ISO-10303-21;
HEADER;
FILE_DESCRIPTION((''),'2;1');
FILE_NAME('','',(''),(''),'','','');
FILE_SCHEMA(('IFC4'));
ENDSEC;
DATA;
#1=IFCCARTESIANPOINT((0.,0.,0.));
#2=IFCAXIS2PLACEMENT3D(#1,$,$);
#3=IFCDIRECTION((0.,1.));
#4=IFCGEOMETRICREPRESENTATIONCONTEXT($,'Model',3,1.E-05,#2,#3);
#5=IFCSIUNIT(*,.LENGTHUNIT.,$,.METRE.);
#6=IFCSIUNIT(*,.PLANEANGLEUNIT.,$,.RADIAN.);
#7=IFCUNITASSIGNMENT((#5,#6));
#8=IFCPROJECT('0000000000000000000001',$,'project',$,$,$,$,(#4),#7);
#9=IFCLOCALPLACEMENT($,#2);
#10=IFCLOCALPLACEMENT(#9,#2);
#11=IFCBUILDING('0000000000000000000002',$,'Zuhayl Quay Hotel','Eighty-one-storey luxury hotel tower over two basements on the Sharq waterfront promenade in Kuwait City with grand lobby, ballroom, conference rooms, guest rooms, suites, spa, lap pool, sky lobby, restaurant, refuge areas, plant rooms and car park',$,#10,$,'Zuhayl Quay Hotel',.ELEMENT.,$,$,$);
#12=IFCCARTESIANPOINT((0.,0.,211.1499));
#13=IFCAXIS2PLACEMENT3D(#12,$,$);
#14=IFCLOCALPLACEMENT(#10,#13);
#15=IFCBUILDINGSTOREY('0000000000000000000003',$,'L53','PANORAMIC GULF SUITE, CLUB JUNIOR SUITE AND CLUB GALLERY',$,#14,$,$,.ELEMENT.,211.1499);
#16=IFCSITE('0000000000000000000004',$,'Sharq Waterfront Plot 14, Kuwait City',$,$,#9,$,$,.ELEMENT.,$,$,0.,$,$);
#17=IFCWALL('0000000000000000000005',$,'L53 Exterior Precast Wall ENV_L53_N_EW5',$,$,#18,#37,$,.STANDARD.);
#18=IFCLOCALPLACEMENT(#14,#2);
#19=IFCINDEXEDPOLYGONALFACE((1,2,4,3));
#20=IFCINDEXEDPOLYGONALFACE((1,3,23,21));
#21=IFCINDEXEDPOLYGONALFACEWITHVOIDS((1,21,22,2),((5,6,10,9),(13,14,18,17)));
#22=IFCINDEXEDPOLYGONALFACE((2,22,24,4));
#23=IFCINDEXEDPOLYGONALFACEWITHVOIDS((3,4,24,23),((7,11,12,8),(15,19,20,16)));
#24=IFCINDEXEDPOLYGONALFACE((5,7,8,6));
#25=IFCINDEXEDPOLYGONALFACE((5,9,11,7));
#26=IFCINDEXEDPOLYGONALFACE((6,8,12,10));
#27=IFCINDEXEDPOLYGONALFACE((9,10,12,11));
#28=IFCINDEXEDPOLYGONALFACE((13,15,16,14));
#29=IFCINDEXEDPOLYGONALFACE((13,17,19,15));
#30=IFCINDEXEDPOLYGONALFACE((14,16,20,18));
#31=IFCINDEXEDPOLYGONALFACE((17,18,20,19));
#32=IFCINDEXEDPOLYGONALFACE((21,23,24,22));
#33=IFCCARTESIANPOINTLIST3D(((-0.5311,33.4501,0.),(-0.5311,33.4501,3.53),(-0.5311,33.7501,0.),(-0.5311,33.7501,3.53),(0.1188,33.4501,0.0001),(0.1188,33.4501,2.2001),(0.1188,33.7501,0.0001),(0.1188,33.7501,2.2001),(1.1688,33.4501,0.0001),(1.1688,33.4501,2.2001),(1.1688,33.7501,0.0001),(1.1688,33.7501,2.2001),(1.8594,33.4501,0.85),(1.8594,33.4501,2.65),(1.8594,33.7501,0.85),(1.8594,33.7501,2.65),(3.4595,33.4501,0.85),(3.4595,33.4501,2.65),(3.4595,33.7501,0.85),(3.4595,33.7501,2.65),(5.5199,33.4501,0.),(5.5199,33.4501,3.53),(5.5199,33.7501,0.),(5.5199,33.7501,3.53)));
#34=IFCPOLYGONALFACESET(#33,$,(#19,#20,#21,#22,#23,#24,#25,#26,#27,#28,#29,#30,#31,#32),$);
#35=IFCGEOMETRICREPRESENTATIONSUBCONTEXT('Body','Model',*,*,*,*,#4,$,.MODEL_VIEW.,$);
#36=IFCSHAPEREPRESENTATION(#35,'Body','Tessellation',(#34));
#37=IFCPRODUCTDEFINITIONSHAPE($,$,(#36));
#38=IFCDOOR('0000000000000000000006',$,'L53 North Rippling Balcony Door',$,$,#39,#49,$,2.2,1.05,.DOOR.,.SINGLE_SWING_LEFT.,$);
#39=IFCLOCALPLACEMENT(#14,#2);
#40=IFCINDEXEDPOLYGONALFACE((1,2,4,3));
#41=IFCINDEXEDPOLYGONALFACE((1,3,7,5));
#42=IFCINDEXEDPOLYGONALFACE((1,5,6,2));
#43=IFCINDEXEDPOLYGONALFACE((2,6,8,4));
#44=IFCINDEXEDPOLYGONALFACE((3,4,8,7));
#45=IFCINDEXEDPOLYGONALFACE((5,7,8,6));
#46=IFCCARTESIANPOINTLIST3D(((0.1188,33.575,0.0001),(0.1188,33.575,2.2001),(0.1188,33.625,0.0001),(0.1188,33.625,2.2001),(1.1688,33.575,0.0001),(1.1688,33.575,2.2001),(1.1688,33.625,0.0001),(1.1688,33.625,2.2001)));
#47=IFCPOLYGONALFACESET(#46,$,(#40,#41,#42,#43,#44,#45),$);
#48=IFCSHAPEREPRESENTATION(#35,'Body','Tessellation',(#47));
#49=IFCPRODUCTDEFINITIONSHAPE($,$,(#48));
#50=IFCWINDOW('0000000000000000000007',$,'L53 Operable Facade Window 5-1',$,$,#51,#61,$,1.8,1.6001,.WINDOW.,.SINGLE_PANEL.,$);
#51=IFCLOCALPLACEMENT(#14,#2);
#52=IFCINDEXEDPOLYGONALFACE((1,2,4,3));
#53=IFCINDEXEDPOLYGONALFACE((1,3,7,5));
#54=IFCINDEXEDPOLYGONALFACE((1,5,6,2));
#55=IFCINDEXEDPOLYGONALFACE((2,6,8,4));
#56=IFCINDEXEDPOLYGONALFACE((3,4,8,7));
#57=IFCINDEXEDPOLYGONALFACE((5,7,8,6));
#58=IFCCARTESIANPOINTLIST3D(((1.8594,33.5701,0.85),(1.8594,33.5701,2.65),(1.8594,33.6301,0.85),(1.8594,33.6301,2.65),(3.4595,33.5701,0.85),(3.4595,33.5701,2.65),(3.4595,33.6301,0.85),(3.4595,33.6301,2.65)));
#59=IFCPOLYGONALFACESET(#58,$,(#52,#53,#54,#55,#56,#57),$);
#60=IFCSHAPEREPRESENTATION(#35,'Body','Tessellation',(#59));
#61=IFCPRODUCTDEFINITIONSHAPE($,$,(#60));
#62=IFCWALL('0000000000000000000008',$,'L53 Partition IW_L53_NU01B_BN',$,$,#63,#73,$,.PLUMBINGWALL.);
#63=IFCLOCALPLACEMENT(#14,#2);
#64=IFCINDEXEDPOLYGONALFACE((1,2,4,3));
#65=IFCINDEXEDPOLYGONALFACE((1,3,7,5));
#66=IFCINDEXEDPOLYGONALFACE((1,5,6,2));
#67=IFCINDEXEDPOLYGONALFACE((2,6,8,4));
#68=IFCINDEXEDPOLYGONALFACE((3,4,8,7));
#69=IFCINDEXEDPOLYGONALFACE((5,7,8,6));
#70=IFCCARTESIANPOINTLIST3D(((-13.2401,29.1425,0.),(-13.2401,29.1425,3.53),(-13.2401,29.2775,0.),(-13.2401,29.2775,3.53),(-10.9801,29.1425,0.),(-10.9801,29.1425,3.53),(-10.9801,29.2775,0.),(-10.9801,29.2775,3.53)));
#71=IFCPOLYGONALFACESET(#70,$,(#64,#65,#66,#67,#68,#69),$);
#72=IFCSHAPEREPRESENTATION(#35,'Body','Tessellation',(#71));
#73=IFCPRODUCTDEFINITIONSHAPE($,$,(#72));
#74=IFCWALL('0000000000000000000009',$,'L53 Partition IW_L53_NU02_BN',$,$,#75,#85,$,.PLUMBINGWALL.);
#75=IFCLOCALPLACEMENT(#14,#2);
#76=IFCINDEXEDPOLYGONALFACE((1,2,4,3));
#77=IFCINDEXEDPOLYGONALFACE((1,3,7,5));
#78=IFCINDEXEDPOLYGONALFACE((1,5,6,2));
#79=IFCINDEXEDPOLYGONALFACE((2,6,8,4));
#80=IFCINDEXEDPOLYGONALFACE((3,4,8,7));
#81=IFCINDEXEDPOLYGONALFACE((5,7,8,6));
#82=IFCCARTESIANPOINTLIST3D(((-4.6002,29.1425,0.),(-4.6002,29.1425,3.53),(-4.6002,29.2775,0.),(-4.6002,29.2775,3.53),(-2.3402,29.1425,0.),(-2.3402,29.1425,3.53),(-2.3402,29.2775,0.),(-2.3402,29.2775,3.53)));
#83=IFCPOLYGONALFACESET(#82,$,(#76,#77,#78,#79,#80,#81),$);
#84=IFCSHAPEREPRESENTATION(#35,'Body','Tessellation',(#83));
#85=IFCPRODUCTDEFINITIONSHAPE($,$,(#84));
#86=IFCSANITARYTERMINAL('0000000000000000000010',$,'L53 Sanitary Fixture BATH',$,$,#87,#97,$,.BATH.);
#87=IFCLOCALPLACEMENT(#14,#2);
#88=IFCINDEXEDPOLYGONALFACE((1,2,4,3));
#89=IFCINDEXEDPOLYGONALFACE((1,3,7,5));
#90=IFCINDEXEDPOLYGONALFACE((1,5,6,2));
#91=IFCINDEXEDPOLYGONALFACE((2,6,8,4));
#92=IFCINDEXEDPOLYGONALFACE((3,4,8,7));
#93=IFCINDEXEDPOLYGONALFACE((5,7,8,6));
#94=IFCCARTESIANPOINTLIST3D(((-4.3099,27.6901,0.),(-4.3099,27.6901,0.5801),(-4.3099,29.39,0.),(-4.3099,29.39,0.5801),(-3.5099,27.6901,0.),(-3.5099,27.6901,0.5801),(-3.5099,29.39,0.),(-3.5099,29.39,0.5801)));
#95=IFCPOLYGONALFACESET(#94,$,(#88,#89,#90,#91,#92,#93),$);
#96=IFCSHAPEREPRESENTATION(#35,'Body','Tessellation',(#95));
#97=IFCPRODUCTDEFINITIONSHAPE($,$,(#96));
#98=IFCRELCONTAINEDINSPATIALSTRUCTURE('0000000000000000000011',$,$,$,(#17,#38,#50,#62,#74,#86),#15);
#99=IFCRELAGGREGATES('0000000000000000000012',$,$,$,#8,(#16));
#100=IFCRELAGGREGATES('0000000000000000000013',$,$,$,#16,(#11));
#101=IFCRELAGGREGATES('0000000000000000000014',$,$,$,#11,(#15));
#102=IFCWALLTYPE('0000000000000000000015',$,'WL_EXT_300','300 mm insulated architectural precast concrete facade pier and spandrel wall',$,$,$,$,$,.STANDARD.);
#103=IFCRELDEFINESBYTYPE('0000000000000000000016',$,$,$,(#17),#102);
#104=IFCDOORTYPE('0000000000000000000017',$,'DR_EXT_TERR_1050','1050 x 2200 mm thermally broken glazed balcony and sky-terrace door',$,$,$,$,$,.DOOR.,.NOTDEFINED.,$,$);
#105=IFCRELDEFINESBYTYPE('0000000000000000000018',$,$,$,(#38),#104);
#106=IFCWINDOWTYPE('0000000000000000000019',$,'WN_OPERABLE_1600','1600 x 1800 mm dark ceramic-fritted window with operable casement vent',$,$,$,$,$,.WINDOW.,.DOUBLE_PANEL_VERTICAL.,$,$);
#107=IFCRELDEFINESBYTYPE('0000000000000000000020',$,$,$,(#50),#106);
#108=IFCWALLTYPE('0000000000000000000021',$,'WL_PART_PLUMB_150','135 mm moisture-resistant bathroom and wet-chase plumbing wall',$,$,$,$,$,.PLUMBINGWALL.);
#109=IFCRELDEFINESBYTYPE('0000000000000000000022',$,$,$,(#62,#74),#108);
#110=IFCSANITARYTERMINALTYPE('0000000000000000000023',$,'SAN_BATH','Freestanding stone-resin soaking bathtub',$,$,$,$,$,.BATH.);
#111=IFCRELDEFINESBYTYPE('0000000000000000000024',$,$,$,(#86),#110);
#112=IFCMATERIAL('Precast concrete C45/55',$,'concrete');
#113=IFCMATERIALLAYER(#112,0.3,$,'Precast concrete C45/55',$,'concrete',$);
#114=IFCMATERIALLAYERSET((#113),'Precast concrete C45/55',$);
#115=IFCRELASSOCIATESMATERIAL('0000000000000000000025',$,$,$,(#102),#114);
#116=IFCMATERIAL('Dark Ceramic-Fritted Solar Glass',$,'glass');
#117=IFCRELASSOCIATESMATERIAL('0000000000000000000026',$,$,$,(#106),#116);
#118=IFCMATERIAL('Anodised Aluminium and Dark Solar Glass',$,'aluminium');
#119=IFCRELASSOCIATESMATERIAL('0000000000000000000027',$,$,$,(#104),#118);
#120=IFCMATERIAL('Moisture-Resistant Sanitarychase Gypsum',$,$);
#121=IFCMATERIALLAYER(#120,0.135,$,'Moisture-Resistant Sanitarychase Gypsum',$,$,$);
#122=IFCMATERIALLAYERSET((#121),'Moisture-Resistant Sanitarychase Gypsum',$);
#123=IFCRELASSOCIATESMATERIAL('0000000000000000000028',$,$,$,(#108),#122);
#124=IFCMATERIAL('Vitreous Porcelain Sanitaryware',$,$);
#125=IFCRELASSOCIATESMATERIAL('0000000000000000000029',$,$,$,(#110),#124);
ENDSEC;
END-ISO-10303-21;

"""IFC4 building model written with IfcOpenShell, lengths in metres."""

from ifc_helpers import new_model, si_unit, direction, frame, frame_2d, origin, origin_2d, place, context, subcontext, project, spatial, rectangle, extrude, material, layer, layer_set, type_object, element, fill, save


model = new_model("IFC4")

# Units and contexts
model_context = context("Model", 3, precision=1e-05, world=origin(), true_north=direction((0.0, 1.0)))
body_context = subcontext(model_context, "Body", "Model", "MODEL_VIEW")
ifc_project = project(units=[si_unit("LENGTHUNIT", "METRE"), si_unit("PLANEANGLEUNIT", "RADIAN")], contexts=[model_context])

# Site, building, storey
site_placement = place(None, origin())
site = spatial("IfcSite", under=ifc_project, at=site_placement, Name="Sharq Waterfront Plot 14, Kuwait City", CompositionType="ELEMENT", RefElevation=0.0)
building_placement = place(site_placement, origin())
building = spatial("IfcBuilding", under=site, at=building_placement, Name="Zuhayl Quay Hotel", Description="Eighty-one-storey luxury hotel tower over two basements on the Sharq waterfront promenade in Kuwait City with grand lobby, ballroom, conference rooms, guest rooms, suites, spa, lap pool, sky lobby, restaurant, refuge areas, plant rooms and car park", LongName="Zuhayl Quay Hotel", CompositionType="ELEMENT")
storey_placement = place(building_placement, frame((0.0, 0.0, 211.1499)))
storey = spatial("IfcBuildingStorey", under=building, at=storey_placement, Name="L53", Description="PANORAMIC GULF SUITE, CLUB JUNIOR SUITE AND CLUB GALLERY", CompositionType="ELEMENT", Elevation=211.1499)

# Shared definitions
ifc_material_1 = material(Name="Dark Ceramic-Fritted Solar Glass", Category="glass")

# Shared definitions
ifc_material_2 = material(Name="Precast concrete C45/55", Category="concrete")
ifc_layer_1 = layer(ifc_material_2, 0.3, Name="Precast concrete C45/55", Category="concrete")
ifc_layer_set_1 = layer_set([ifc_layer_1], Name="Precast concrete C45/55")
wall_type_1 = type_object("IfcWallType", Name="WL_EXT_300", Description="300 mm insulated architectural precast concrete facade pier and spandrel wall", PredefinedType="STANDARD", material=ifc_layer_set_1)
window_type = type_object("IfcWindowType", Name="WN_OPERABLE_1600", Description="1600 x 1800 mm dark ceramic-fritted window with operable casement vent", PartitioningType="DOUBLE_PANEL_VERTICAL", PredefinedType="WINDOW", material=ifc_material_1)

# Wall, openings, door, window
wall_1_placement = place(storey_placement, frame((-0.531, 33.6001, 0.0), z_axis=(0.0, 0.0, 1.0), x_axis=(1.0, 0.0, 0.0)))
wall_1 = element("IfcWall", 1, at=wall_1_placement, inside=storey, type_object=wall_type_1, Name="L53 Exterior Precast Wall ENV_L53_N_EW5", PredefinedType="STANDARD", context=body_context, shape_type="SweptSolid", body=[
    extrude(rectangle(XDim=6.051, YDim=0.3, at=frame_2d((3.0254, 0.0))), origin(), (0.0, 0.0, 1.0), 3.53),
])
opening_1_placement = place(wall_1_placement, frame((0.6499, 0.0, 0.0)))
opening_1 = element("IfcOpeningElement", 2, at=opening_1_placement, cuts=wall_1, PredefinedType="OPENING", context=body_context, shape_type="SweptSolid", body=[
    extrude(rectangle(XDim=1.05, YDim=2.2, at=frame_2d((0.5249, 1.1001))), frame((0.0, 0.1599, 0.0), z_axis=(0.0, -1.0, 0.0), x_axis=(1.0, 0.0, 0.0)), (0.0, 0.0, 1.0), 0.3201),
])
opening_2_placement = place(wall_1_placement, frame((2.3904, 0.0, 0.8501)))
opening_2 = element("IfcOpeningElement", 3, at=opening_2_placement, cuts=wall_1, PredefinedType="OPENING", context=body_context, shape_type="SweptSolid", body=[
    extrude(rectangle(XDim=1.6001, YDim=1.8, at=frame_2d((0.8, 0.8999))), frame((0.0, 0.1599, 0.0), z_axis=(0.0, -1.0, 0.0), x_axis=(1.0, 0.0, 0.0)), (0.0, 0.0, 1.0), 0.3201),
])
ifc_material_3 = material(Name="Anodised Aluminium and Dark Solar Glass", Category="aluminium")
door_type = type_object("IfcDoorType", Name="DR_EXT_TERR_1050", Description="1050 x 2200 mm thermally broken glazed balcony and sky-terrace door", OperationType="NOTDEFINED", PredefinedType="DOOR", material=ifc_material_3)
door_placement = place(opening_1_placement, origin())
door = element("IfcDoor", 4, at=door_placement, inside=storey, type_object=door_type, Name="L53 North Rippling Balcony Door", OperationType="SINGLE_SWING_LEFT", OverallHeight=2.2, OverallWidth=1.05, PredefinedType="DOOR", context=body_context, shape_type="SweptSolid", body=[
    extrude(rectangle(XDim=1.05, YDim=2.2, at=frame_2d((0.5249, 1.1001))), frame((0.0, 0.0249, 0.0), z_axis=(0.0, -1.0, 0.0), x_axis=(1.0, 0.0, 0.0)), (0.0, 0.0, 1.0), 0.05),
])
fill(opening_1, door)
window_1_placement = place(opening_2_placement, origin())
window_1 = element("IfcWindow", 5, at=window_1_placement, inside=storey, type_object=window_type, Name="L53 Operable Facade Window 5-1", OverallHeight=1.8, OverallWidth=1.6001, PartitioningType="SINGLE_PANEL", PredefinedType="WINDOW", context=body_context, shape_type="SweptSolid", body=[
    extrude(rectangle(XDim=1.6001, YDim=1.8, at=frame_2d((0.8, 0.8999))), frame((0.0, 0.03, 0.0), z_axis=(0.0, -1.0, 0.0), x_axis=(1.0, 0.0, 0.0)), (0.0, 0.0, 1.0), 0.0601),
])
fill(opening_2, window_1)

# Walls
ifc_material_4 = material(Name="Moisture-Resistant Sanitarychase Gypsum")
ifc_layer_2 = layer(ifc_material_4, 0.135, Name="Moisture-Resistant Sanitarychase Gypsum")
ifc_layer_set_2 = layer_set([ifc_layer_2], Name="Moisture-Resistant Sanitarychase Gypsum")
wall_type_2 = type_object("IfcWallType", Name="WL_PART_PLUMB_150", Description="135 mm moisture-resistant bathroom and wet-chase plumbing wall", PredefinedType="PLUMBINGWALL", material=ifc_layer_set_2)
for number, where, z_axis, x_axis, name in (
    (6, (-13.24, 29.21, 0.0), (0.0, 0.0, 1.0), (1.0, 0.0, 0.0), "L53 Partition IW_L53_NU01B_BN"),
    (7, (-4.6001, 29.21, 0.0), (0.0, 0.0, 1.0), (1.0, 0.0, 0.0), "L53 Partition IW_L53_NU02_BN"),
):
    element("IfcWall", number, at=place(storey_placement, frame(where, z_axis=z_axis, x_axis=x_axis)), inside=storey, type_object=wall_type_2, Name=name, PredefinedType="PLUMBINGWALL", context=body_context, shape_type="SweptSolid", body=[
        extrude(rectangle(XDim=2.26, YDim=0.135, at=frame_2d((1.1299, 0.0))), origin(), (0.0, 0.0, 1.0), 3.53),
    ])

# Sanitary terminal
ifc_material_5 = material(Name="Vitreous Porcelain Sanitaryware")
sanitary_terminal_type = type_object("IfcSanitaryTerminalType", Name="SAN_BATH", Description="Freestanding stone-resin soaking bathtub", PredefinedType="BATH", material=ifc_material_5)
sanitary_terminal_placement = place(storey_placement, frame((-3.9099, 28.54, 0.0), z_axis=(0.0, 0.0, 1.0), x_axis=(1.0, 0.0, 0.0)))
element("IfcSanitaryTerminal", 8, at=sanitary_terminal_placement, inside=storey, type_object=sanitary_terminal_type, Name="L53 Sanitary Fixture BATH", PredefinedType="BATH", context=body_context, shape_type="SweptSolid", body=[
    extrude(rectangle(XDim=0.8, YDim=1.7, at=origin_2d()), origin(), (0.0, 0.0, 1.0), 0.5801),
])

save(model, "model.ifc")
